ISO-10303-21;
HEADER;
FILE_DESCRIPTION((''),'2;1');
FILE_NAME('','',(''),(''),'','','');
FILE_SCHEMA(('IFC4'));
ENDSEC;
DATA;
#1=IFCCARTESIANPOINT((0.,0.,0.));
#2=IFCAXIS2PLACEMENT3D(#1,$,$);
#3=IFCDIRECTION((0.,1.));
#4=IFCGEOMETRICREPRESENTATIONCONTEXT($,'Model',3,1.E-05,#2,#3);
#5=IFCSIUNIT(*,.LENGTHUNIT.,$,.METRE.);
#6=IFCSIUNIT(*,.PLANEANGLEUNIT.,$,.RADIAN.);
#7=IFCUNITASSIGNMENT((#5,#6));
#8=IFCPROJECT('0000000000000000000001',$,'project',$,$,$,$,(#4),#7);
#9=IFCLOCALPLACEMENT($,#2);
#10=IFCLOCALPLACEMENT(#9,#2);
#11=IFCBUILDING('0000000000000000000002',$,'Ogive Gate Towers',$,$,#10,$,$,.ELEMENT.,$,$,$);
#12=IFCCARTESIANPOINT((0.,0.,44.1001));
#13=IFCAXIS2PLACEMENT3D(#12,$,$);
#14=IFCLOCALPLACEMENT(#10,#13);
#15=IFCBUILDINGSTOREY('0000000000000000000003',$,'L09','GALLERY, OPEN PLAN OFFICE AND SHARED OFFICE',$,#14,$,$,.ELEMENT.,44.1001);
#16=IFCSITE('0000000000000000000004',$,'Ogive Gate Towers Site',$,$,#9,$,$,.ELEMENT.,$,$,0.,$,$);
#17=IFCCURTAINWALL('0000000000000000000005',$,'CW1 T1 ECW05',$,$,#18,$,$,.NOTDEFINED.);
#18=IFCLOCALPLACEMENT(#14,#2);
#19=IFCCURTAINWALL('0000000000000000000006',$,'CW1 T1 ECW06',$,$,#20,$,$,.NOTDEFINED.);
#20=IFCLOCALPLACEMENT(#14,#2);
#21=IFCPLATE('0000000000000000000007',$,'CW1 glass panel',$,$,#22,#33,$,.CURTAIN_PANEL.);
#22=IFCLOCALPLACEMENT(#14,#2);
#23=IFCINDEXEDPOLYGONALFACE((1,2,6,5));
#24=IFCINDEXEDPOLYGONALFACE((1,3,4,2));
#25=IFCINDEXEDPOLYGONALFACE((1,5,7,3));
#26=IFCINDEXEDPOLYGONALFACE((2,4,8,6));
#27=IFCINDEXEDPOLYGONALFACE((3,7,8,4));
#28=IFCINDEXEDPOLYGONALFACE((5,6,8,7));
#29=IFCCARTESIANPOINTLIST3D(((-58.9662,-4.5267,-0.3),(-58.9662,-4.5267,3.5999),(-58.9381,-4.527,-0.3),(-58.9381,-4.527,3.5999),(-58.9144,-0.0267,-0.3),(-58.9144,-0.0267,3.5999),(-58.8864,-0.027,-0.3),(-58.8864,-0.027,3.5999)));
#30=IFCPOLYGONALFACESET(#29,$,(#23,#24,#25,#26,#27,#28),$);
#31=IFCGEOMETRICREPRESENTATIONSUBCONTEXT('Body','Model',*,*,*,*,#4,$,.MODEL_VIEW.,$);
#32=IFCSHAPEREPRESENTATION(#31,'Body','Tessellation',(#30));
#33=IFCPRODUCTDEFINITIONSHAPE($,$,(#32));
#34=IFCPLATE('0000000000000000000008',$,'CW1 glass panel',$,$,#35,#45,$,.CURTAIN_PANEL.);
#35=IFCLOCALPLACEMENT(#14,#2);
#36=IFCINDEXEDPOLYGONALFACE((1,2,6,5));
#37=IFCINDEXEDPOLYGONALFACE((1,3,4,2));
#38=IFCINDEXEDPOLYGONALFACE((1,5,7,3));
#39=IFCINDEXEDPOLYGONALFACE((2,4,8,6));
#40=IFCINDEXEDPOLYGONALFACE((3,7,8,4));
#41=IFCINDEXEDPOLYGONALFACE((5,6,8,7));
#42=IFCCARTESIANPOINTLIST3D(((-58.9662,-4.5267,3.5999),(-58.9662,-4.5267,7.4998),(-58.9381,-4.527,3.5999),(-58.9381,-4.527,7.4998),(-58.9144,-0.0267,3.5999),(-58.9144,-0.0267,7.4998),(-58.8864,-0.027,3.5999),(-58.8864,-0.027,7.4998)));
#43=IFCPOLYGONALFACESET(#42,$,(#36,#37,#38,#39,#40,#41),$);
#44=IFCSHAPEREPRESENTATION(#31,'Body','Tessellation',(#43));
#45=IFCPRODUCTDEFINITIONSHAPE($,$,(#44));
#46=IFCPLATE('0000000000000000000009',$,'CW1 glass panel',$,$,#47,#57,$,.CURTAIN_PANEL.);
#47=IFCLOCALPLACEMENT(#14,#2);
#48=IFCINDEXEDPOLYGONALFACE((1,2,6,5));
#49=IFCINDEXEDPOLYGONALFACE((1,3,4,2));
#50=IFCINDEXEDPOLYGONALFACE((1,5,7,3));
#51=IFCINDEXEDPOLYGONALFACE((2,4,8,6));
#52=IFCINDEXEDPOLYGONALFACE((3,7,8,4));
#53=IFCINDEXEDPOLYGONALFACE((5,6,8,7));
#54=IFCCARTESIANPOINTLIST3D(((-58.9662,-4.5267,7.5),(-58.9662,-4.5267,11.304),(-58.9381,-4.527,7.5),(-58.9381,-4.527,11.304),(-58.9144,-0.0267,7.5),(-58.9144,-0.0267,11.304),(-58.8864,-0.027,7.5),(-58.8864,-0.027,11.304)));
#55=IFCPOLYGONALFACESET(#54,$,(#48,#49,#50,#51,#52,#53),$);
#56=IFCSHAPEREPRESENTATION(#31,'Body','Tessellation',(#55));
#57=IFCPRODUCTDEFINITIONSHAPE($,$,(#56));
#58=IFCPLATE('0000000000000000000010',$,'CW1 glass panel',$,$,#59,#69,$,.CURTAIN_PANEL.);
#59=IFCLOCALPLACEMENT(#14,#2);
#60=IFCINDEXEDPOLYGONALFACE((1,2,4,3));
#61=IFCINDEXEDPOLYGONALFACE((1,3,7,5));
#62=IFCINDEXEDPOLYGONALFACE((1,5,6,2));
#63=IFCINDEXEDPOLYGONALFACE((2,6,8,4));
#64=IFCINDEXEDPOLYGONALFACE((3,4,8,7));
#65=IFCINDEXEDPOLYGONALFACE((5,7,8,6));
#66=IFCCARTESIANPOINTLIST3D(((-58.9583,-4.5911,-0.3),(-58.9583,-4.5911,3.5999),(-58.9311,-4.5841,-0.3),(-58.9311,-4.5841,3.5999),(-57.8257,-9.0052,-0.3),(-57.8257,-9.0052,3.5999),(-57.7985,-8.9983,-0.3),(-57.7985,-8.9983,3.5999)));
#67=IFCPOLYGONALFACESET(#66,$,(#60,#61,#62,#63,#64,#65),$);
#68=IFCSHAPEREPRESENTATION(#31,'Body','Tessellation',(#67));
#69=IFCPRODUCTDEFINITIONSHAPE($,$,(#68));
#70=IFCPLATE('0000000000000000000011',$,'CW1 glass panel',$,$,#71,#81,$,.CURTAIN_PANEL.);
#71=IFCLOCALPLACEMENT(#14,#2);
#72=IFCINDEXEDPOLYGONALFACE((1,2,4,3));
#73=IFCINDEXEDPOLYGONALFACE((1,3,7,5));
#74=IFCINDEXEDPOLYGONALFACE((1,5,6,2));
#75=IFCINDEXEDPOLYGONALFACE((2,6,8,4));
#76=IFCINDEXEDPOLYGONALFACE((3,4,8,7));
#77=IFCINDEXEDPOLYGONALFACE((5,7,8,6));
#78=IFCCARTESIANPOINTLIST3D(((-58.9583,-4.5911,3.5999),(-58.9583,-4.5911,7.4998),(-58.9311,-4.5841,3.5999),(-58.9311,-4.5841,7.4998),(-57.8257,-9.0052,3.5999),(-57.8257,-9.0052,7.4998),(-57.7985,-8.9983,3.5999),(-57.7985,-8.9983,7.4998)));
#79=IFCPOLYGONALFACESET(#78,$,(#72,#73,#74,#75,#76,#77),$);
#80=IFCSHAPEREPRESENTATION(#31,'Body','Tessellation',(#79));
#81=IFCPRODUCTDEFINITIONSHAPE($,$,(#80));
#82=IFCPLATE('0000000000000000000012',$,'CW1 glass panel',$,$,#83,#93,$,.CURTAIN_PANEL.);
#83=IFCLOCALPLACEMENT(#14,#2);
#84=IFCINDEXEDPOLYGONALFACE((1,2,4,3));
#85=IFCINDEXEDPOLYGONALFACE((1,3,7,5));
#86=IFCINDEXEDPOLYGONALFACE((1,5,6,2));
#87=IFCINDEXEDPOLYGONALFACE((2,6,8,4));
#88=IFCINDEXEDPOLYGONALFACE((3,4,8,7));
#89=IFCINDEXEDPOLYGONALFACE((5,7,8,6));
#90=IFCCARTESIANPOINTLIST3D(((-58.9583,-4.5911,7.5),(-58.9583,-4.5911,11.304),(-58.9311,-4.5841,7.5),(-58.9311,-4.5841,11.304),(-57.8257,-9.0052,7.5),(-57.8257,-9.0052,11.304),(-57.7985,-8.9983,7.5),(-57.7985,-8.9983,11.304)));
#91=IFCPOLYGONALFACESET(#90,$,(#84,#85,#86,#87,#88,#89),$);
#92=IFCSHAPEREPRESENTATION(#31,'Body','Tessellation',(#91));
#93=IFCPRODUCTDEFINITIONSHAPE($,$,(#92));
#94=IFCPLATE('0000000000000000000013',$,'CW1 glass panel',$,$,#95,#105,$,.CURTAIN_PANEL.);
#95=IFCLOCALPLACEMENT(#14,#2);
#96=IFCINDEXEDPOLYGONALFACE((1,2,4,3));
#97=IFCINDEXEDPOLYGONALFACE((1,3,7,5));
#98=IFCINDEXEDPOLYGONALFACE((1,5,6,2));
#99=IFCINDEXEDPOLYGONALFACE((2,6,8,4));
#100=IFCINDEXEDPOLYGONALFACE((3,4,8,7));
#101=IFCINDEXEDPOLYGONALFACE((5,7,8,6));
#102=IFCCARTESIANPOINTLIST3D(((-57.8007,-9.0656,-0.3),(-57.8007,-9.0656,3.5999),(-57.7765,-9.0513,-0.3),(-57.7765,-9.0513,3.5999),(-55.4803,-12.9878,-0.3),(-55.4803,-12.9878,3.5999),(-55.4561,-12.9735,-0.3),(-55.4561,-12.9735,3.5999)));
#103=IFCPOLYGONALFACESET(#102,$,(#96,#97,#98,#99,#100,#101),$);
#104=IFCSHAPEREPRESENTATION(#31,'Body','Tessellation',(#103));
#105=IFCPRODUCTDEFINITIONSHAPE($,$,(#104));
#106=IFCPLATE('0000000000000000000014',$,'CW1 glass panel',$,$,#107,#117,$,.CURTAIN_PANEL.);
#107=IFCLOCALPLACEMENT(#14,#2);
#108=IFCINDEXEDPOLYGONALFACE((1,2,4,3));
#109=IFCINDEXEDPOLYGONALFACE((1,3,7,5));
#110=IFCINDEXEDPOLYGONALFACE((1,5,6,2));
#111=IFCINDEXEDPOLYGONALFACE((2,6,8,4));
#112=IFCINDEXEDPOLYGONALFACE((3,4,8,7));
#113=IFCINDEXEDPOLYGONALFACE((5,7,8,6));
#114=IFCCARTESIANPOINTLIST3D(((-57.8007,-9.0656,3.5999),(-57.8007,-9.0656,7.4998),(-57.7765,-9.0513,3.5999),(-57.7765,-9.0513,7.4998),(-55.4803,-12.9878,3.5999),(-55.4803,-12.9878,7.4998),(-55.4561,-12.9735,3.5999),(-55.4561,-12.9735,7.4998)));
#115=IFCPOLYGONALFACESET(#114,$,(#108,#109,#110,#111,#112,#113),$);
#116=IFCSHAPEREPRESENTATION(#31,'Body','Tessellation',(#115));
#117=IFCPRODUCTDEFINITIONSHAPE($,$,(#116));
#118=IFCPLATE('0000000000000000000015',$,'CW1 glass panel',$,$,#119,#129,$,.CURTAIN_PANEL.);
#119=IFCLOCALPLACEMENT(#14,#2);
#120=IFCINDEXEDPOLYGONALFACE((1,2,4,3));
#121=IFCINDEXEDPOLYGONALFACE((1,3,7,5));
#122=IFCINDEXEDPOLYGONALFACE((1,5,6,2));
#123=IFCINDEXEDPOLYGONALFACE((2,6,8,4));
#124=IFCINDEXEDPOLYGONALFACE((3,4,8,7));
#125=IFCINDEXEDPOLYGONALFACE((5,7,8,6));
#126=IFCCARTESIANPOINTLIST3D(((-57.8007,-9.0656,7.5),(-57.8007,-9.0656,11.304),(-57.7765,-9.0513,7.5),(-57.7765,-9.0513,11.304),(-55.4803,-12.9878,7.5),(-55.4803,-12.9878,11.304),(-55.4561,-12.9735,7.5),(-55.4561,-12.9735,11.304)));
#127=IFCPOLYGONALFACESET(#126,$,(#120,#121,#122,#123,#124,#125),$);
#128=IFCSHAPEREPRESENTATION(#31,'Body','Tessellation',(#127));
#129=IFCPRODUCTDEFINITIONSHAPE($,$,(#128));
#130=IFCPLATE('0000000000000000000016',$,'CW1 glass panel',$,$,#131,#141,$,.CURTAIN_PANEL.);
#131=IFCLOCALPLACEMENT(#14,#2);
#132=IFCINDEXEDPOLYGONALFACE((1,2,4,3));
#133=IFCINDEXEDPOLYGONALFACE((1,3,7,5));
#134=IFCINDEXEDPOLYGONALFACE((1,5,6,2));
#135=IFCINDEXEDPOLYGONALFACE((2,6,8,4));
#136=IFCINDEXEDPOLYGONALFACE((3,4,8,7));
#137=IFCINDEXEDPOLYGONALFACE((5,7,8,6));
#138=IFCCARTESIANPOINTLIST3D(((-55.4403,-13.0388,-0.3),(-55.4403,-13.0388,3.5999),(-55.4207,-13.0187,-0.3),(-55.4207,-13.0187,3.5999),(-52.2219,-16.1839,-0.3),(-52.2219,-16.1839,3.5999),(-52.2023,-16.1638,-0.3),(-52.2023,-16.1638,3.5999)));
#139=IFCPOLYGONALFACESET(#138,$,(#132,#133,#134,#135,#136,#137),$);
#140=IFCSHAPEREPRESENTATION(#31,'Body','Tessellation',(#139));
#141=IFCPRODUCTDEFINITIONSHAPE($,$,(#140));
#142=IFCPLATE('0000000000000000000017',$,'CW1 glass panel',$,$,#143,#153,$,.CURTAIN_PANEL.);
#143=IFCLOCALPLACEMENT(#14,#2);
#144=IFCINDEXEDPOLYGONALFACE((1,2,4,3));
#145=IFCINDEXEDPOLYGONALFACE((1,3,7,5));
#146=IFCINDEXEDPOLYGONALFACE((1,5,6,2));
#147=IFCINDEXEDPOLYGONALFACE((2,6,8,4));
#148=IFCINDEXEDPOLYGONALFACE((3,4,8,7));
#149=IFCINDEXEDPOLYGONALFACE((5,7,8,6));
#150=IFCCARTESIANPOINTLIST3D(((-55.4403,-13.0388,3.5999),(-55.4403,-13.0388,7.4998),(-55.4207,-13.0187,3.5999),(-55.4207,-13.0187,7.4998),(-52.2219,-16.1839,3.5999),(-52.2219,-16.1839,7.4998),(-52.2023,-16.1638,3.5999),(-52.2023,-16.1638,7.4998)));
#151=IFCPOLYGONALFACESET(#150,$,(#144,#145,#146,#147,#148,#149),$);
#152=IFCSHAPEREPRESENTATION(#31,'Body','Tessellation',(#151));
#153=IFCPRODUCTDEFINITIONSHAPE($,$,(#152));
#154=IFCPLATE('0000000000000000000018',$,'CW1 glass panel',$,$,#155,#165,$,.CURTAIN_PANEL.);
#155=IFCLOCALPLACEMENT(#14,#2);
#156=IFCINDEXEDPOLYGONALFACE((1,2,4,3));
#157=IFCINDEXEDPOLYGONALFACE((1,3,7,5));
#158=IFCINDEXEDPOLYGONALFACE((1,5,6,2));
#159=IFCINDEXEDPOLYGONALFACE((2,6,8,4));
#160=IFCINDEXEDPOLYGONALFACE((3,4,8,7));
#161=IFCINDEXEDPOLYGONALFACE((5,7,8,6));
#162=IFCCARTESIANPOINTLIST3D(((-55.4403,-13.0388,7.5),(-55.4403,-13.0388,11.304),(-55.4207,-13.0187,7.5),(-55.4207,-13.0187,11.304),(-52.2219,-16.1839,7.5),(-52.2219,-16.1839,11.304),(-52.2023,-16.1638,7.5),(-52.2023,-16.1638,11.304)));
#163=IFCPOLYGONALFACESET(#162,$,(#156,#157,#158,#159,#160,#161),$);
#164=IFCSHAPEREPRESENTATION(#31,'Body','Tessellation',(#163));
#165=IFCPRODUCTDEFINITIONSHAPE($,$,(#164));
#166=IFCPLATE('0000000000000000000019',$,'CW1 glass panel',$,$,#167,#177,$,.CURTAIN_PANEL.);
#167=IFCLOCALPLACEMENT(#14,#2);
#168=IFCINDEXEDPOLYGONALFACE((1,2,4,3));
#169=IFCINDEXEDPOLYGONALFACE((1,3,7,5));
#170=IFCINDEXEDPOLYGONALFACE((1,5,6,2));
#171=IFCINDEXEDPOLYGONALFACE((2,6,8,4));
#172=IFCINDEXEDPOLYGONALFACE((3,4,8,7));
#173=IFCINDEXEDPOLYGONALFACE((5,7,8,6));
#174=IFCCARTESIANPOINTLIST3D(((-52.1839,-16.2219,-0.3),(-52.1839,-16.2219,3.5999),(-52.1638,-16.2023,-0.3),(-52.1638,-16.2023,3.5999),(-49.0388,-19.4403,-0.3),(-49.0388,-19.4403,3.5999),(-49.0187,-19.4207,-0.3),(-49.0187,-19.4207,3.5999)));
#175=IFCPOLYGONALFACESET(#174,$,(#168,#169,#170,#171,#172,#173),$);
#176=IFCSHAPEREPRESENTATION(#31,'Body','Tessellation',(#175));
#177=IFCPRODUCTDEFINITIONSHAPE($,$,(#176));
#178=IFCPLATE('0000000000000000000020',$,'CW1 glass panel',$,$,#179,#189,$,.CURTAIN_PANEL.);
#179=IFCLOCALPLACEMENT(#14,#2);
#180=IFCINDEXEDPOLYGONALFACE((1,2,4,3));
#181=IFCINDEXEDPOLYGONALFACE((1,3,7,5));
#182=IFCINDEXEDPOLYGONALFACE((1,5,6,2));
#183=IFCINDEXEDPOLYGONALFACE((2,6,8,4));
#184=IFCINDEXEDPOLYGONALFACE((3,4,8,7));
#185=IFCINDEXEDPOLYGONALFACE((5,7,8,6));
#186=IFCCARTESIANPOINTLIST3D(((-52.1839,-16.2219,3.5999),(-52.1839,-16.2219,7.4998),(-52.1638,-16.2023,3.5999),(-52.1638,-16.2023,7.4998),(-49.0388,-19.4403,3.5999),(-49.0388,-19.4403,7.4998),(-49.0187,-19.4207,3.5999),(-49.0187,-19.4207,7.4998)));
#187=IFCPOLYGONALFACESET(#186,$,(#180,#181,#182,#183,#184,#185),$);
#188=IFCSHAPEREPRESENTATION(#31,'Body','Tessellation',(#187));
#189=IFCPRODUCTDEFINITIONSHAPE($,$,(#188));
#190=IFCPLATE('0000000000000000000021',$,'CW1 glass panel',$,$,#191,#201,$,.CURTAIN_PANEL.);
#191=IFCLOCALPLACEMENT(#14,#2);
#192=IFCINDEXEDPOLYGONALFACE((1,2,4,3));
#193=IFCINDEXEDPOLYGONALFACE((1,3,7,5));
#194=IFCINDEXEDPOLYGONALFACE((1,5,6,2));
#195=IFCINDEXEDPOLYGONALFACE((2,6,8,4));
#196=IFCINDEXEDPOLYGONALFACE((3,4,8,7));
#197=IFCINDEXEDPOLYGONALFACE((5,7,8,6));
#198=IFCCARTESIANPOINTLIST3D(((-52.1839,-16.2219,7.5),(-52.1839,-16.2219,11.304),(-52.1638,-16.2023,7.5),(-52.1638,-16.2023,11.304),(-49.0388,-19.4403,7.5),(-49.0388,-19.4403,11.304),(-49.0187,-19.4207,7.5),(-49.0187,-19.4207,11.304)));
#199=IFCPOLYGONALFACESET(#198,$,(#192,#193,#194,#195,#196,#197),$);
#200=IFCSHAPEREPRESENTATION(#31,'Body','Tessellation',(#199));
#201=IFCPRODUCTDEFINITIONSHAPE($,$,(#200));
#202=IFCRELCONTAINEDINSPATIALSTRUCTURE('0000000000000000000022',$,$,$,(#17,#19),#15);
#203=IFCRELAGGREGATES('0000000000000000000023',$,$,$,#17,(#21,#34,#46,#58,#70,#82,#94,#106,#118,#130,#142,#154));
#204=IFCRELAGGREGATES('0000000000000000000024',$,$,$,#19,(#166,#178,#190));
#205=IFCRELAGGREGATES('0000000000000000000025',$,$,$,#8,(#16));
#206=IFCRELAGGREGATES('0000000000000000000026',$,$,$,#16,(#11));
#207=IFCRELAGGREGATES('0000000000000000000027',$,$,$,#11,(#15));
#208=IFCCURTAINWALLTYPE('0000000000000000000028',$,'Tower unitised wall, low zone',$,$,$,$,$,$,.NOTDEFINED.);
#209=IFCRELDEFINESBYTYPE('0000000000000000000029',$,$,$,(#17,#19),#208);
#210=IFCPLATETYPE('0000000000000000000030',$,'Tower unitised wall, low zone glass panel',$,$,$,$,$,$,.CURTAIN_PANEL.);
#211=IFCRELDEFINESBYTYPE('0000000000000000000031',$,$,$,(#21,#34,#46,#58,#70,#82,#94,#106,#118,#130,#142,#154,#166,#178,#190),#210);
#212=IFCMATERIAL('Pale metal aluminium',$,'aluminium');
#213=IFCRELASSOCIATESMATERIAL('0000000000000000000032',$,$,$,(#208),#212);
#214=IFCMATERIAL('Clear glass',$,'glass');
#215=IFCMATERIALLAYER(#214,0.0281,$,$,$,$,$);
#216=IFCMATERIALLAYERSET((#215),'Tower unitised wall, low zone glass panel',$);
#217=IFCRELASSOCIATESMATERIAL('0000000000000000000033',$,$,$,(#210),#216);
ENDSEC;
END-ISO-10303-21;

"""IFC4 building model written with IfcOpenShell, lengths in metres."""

from ifc_helpers import new_model, si_unit, direction, frame, origin, origin_2d, place, context, subcontext, project, spatial, rectangle, extrude, material, layer, layer_set, type_object, element, aggregate, save


model = new_model("IFC4")

# Units and contexts
model_context = context("Model", 3, precision=1e-05, world=origin(), true_north=direction((0.0, 1.0)))
body_context = subcontext(model_context, "Body", "Model", "MODEL_VIEW")
ifc_project = project(units=[si_unit("LENGTHUNIT", "METRE"), si_unit("PLANEANGLEUNIT", "RADIAN")], contexts=[model_context])

# Site, building, storey
site_placement = place(None, origin())
site = spatial("IfcSite", under=ifc_project, at=site_placement, Name="Ogive Gate Towers Site", CompositionType="ELEMENT", RefElevation=0.0)
building_placement = place(site_placement, origin())
building = spatial("IfcBuilding", under=site, at=building_placement, Name="Ogive Gate Towers", CompositionType="ELEMENT")
storey_placement = place(building_placement, frame((0.0, 0.0, 44.1001)))
storey = spatial("IfcBuildingStorey", under=building, at=storey_placement, Name="L09", Description="GALLERY, OPEN PLAN OFFICE AND SHARED OFFICE", CompositionType="ELEMENT", Elevation=44.1001)

# Curtain wall
ifc_material_1 = material(Name="Pale metal aluminium", Category="aluminium")
curtain_wall_type = type_object("IfcCurtainWallType", Name="Tower unitised wall, low zone", PredefinedType="NOTDEFINED", material=ifc_material_1)
curtain_wall_1_placement = place(storey_placement, origin())
curtain_wall_1 = element("IfcCurtainWall", 1, at=curtain_wall_1_placement, inside=storey, type_object=curtain_wall_type, Name="CW1 T1 ECW05", PredefinedType="NOTDEFINED")

# Curtain wall
curtain_wall_2_placement = place(storey_placement, origin())
curtain_wall_2 = element("IfcCurtainWall", 2, at=curtain_wall_2_placement, inside=storey, type_object=curtain_wall_type, Name="CW1 T1 ECW06", PredefinedType="NOTDEFINED")

# Plates
ifc_material_2 = material(Name="Clear glass", Category="glass")
ifc_layer_1 = layer(ifc_material_2, 0.0281)
ifc_layer_set_1 = layer_set([ifc_layer_1], Name="Tower unitised wall, low zone glass panel")
plate_type = type_object("IfcPlateType", Name="Tower unitised wall, low zone glass panel", PredefinedType="CURTAIN_PANEL", material=ifc_layer_set_1)
plate_1_placement = place(storey_placement, frame((-58.9263, -2.2769, -0.3), z_axis=(0.0, 0.0, 1.0), x_axis=(-0.011501, -0.999934, 0.0)))
plate_1 = element("IfcPlate", 3, at=plate_1_placement, type_object=plate_type, Name="CW1 glass panel", PredefinedType="CURTAIN_PANEL", context=body_context, shape_type="SweptSolid", body=[
    extrude(rectangle(XDim=4.5002, YDim=0.0281, at=origin_2d()), origin(), (0.0, 0.0, 1.0), 3.8999),
])
plate_2_placement = place(storey_placement, frame((-58.9263, -2.2769, 3.5999), z_axis=(0.0, 0.0, 1.0), x_axis=(-0.011501, -0.999934, 0.0)))
plate_2 = element("IfcPlate", 4, at=plate_2_placement, type_object=plate_type, Name="CW1 glass panel", PredefinedType="CURTAIN_PANEL", context=body_context, shape_type="SweptSolid", body=[
    extrude(rectangle(XDim=4.5002, YDim=0.0281, at=origin_2d()), origin(), (0.0, 0.0, 1.0), 3.8999),
])
plate_3_placement = place(storey_placement, frame((-58.9263, -2.2769, 7.5), z_axis=(0.0, 0.0, 1.0), x_axis=(-0.011501, -0.999934, 0.0)))
plate_3 = element("IfcPlate", 5, at=plate_3_placement, type_object=plate_type, Name="CW1 glass panel", PredefinedType="CURTAIN_PANEL", context=body_context, shape_type="SweptSolid", body=[
    extrude(rectangle(XDim=4.5002, YDim=0.0281, at=origin_2d()), origin(), (0.0, 0.0, 1.0), 3.804),
])
plate_4_placement = place(storey_placement, frame((-58.3784, -6.7947, -0.3), z_axis=(0.0, 0.0, 1.0), x_axis=(0.248521, -0.968627, 0.0)))
plate_4 = element("IfcPlate", 6, at=plate_4_placement, type_object=plate_type, Name="CW1 glass panel", PredefinedType="CURTAIN_PANEL", context=body_context, shape_type="SweptSolid", body=[
    extrude(rectangle(XDim=4.5571, YDim=0.0281, at=origin_2d()), origin(), (0.0, 0.0, 1.0), 3.8999),
])
plate_5_placement = place(storey_placement, frame((-58.3784, -6.7947, 3.5999), z_axis=(0.0, 0.0, 1.0), x_axis=(0.248521, -0.968627, 0.0)))
plate_5 = element("IfcPlate", 7, at=plate_5_placement, type_object=plate_type, Name="CW1 glass panel", PredefinedType="CURTAIN_PANEL", context=body_context, shape_type="SweptSolid", body=[
    extrude(rectangle(XDim=4.5571, YDim=0.0281, at=origin_2d()), origin(), (0.0, 0.0, 1.0), 3.8999),
])
plate_6_placement = place(storey_placement, frame((-58.3784, -6.7947, 7.5), z_axis=(0.0, 0.0, 1.0), x_axis=(0.248521, -0.968627, 0.0)))
plate_6 = element("IfcPlate", 8, at=plate_6_placement, type_object=plate_type, Name="CW1 glass panel", PredefinedType="CURTAIN_PANEL", context=body_context, shape_type="SweptSolid", body=[
    extrude(rectangle(XDim=4.5571, YDim=0.0281, at=origin_2d()), origin(), (0.0, 0.0, 1.0), 3.804),
])
plate_7_placement = place(storey_placement, frame((-56.6284, -11.0195, -0.3), z_axis=(0.0, 0.0, 1.0), x_axis=(0.509177, -0.860662, 0.0)))
plate_7 = element("IfcPlate", 9, at=plate_7_placement, type_object=plate_type, Name="CW1 glass panel", PredefinedType="CURTAIN_PANEL", context=body_context, shape_type="SweptSolid", body=[
    extrude(rectangle(XDim=4.5571, YDim=0.0281, at=origin_2d()), origin(), (0.0, 0.0, 1.0), 3.8999),
])
plate_8_placement = place(storey_placement, frame((-56.6284, -11.0195, 3.5999), z_axis=(0.0, 0.0, 1.0), x_axis=(0.509177, -0.860662, 0.0)))
plate_8 = element("IfcPlate", 10, at=plate_8_placement, type_object=plate_type, Name="CW1 glass panel", PredefinedType="CURTAIN_PANEL", context=body_context, shape_type="SweptSolid", body=[
    extrude(rectangle(XDim=4.5571, YDim=0.0281, at=origin_2d()), origin(), (0.0, 0.0, 1.0), 3.8999),
])
plate_9_placement = place(storey_placement, frame((-56.6284, -11.0195, 7.5), z_axis=(0.0, 0.0, 1.0), x_axis=(0.509177, -0.860662, 0.0)))
plate_9 = element("IfcPlate", 11, at=plate_9_placement, type_object=plate_type, Name="CW1 glass panel", PredefinedType="CURTAIN_PANEL", context=body_context, shape_type="SweptSolid", body=[
    extrude(rectangle(XDim=4.5571, YDim=0.0281, at=origin_2d()), origin(), (0.0, 0.0, 1.0), 3.804),
])
plate_10_placement = place(storey_placement, frame((-53.8213, -14.6013, -0.3), z_axis=(0.0, 0.0, 1.0), x_axis=(0.715205, -0.698915, 0.0)))
plate_10 = element("IfcPlate", 12, at=plate_10_placement, type_object=plate_type, Name="CW1 glass panel", PredefinedType="CURTAIN_PANEL", context=body_context, shape_type="SweptSolid", body=[
    extrude(rectangle(XDim=4.5, YDim=0.0281, at=origin_2d()), origin(), (0.0, 0.0, 1.0), 3.8999),
])
plate_11_placement = place(storey_placement, frame((-53.8213, -14.6013, 3.5999), z_axis=(0.0, 0.0, 1.0), x_axis=(0.715205, -0.698915, 0.0)))
plate_11 = element("IfcPlate", 13, at=plate_11_placement, type_object=plate_type, Name="CW1 glass panel", PredefinedType="CURTAIN_PANEL", context=body_context, shape_type="SweptSolid", body=[
    extrude(rectangle(XDim=4.5, YDim=0.0281, at=origin_2d()), origin(), (0.0, 0.0, 1.0), 3.8999),
])
plate_12_placement = place(storey_placement, frame((-53.8213, -14.6013, 7.5), z_axis=(0.0, 0.0, 1.0), x_axis=(0.715205, -0.698915, 0.0)))
plate_12 = element("IfcPlate", 14, at=plate_12_placement, type_object=plate_type, Name="CW1 glass panel", PredefinedType="CURTAIN_PANEL", context=body_context, shape_type="SweptSolid", body=[
    extrude(rectangle(XDim=4.5, YDim=0.0281, at=origin_2d()), origin(), (0.0, 0.0, 1.0), 3.804),
])
aggregate(curtain_wall_1, [plate_1, plate_2, plate_3, plate_4, plate_5, plate_6, plate_7, plate_8, plate_9, plate_10, plate_11, plate_12])
plate_13_placement = place(storey_placement, frame((-50.6013, -17.8213, -0.3), z_axis=(0.0, 0.0, 1.0), x_axis=(0.698915, -0.715205, 0.0)))
plate_13 = element("IfcPlate", 15, at=plate_13_placement, type_object=plate_type, Name="CW1 glass panel", PredefinedType="CURTAIN_PANEL", context=body_context, shape_type="SweptSolid", body=[
    extrude(rectangle(XDim=4.5, YDim=0.0281, at=origin_2d()), origin(), (0.0, 0.0, 1.0), 3.8999),
])
plate_14_placement = place(storey_placement, frame((-50.6013, -17.8213, 3.5999), z_axis=(0.0, 0.0, 1.0), x_axis=(0.698915, -0.715205, 0.0)))
plate_14 = element("IfcPlate", 16, at=plate_14_placement, type_object=plate_type, Name="CW1 glass panel", PredefinedType="CURTAIN_PANEL", context=body_context, shape_type="SweptSolid", body=[
    extrude(rectangle(XDim=4.5, YDim=0.0281, at=origin_2d()), origin(), (0.0, 0.0, 1.0), 3.8999),
])
plate_15_placement = place(storey_placement, frame((-50.6013, -17.8213, 7.5), z_axis=(0.0, 0.0, 1.0), x_axis=(0.698915, -0.715205, 0.0)))
plate_15 = element("IfcPlate", 17, at=plate_15_placement, type_object=plate_type, Name="CW1 glass panel", PredefinedType="CURTAIN_PANEL", context=body_context, shape_type="SweptSolid", body=[
    extrude(rectangle(XDim=4.5, YDim=0.0281, at=origin_2d()), origin(), (0.0, 0.0, 1.0), 3.804),
])
aggregate(curtain_wall_2, [plate_13, plate_14, plate_15])

save(model, "model.ifc")
